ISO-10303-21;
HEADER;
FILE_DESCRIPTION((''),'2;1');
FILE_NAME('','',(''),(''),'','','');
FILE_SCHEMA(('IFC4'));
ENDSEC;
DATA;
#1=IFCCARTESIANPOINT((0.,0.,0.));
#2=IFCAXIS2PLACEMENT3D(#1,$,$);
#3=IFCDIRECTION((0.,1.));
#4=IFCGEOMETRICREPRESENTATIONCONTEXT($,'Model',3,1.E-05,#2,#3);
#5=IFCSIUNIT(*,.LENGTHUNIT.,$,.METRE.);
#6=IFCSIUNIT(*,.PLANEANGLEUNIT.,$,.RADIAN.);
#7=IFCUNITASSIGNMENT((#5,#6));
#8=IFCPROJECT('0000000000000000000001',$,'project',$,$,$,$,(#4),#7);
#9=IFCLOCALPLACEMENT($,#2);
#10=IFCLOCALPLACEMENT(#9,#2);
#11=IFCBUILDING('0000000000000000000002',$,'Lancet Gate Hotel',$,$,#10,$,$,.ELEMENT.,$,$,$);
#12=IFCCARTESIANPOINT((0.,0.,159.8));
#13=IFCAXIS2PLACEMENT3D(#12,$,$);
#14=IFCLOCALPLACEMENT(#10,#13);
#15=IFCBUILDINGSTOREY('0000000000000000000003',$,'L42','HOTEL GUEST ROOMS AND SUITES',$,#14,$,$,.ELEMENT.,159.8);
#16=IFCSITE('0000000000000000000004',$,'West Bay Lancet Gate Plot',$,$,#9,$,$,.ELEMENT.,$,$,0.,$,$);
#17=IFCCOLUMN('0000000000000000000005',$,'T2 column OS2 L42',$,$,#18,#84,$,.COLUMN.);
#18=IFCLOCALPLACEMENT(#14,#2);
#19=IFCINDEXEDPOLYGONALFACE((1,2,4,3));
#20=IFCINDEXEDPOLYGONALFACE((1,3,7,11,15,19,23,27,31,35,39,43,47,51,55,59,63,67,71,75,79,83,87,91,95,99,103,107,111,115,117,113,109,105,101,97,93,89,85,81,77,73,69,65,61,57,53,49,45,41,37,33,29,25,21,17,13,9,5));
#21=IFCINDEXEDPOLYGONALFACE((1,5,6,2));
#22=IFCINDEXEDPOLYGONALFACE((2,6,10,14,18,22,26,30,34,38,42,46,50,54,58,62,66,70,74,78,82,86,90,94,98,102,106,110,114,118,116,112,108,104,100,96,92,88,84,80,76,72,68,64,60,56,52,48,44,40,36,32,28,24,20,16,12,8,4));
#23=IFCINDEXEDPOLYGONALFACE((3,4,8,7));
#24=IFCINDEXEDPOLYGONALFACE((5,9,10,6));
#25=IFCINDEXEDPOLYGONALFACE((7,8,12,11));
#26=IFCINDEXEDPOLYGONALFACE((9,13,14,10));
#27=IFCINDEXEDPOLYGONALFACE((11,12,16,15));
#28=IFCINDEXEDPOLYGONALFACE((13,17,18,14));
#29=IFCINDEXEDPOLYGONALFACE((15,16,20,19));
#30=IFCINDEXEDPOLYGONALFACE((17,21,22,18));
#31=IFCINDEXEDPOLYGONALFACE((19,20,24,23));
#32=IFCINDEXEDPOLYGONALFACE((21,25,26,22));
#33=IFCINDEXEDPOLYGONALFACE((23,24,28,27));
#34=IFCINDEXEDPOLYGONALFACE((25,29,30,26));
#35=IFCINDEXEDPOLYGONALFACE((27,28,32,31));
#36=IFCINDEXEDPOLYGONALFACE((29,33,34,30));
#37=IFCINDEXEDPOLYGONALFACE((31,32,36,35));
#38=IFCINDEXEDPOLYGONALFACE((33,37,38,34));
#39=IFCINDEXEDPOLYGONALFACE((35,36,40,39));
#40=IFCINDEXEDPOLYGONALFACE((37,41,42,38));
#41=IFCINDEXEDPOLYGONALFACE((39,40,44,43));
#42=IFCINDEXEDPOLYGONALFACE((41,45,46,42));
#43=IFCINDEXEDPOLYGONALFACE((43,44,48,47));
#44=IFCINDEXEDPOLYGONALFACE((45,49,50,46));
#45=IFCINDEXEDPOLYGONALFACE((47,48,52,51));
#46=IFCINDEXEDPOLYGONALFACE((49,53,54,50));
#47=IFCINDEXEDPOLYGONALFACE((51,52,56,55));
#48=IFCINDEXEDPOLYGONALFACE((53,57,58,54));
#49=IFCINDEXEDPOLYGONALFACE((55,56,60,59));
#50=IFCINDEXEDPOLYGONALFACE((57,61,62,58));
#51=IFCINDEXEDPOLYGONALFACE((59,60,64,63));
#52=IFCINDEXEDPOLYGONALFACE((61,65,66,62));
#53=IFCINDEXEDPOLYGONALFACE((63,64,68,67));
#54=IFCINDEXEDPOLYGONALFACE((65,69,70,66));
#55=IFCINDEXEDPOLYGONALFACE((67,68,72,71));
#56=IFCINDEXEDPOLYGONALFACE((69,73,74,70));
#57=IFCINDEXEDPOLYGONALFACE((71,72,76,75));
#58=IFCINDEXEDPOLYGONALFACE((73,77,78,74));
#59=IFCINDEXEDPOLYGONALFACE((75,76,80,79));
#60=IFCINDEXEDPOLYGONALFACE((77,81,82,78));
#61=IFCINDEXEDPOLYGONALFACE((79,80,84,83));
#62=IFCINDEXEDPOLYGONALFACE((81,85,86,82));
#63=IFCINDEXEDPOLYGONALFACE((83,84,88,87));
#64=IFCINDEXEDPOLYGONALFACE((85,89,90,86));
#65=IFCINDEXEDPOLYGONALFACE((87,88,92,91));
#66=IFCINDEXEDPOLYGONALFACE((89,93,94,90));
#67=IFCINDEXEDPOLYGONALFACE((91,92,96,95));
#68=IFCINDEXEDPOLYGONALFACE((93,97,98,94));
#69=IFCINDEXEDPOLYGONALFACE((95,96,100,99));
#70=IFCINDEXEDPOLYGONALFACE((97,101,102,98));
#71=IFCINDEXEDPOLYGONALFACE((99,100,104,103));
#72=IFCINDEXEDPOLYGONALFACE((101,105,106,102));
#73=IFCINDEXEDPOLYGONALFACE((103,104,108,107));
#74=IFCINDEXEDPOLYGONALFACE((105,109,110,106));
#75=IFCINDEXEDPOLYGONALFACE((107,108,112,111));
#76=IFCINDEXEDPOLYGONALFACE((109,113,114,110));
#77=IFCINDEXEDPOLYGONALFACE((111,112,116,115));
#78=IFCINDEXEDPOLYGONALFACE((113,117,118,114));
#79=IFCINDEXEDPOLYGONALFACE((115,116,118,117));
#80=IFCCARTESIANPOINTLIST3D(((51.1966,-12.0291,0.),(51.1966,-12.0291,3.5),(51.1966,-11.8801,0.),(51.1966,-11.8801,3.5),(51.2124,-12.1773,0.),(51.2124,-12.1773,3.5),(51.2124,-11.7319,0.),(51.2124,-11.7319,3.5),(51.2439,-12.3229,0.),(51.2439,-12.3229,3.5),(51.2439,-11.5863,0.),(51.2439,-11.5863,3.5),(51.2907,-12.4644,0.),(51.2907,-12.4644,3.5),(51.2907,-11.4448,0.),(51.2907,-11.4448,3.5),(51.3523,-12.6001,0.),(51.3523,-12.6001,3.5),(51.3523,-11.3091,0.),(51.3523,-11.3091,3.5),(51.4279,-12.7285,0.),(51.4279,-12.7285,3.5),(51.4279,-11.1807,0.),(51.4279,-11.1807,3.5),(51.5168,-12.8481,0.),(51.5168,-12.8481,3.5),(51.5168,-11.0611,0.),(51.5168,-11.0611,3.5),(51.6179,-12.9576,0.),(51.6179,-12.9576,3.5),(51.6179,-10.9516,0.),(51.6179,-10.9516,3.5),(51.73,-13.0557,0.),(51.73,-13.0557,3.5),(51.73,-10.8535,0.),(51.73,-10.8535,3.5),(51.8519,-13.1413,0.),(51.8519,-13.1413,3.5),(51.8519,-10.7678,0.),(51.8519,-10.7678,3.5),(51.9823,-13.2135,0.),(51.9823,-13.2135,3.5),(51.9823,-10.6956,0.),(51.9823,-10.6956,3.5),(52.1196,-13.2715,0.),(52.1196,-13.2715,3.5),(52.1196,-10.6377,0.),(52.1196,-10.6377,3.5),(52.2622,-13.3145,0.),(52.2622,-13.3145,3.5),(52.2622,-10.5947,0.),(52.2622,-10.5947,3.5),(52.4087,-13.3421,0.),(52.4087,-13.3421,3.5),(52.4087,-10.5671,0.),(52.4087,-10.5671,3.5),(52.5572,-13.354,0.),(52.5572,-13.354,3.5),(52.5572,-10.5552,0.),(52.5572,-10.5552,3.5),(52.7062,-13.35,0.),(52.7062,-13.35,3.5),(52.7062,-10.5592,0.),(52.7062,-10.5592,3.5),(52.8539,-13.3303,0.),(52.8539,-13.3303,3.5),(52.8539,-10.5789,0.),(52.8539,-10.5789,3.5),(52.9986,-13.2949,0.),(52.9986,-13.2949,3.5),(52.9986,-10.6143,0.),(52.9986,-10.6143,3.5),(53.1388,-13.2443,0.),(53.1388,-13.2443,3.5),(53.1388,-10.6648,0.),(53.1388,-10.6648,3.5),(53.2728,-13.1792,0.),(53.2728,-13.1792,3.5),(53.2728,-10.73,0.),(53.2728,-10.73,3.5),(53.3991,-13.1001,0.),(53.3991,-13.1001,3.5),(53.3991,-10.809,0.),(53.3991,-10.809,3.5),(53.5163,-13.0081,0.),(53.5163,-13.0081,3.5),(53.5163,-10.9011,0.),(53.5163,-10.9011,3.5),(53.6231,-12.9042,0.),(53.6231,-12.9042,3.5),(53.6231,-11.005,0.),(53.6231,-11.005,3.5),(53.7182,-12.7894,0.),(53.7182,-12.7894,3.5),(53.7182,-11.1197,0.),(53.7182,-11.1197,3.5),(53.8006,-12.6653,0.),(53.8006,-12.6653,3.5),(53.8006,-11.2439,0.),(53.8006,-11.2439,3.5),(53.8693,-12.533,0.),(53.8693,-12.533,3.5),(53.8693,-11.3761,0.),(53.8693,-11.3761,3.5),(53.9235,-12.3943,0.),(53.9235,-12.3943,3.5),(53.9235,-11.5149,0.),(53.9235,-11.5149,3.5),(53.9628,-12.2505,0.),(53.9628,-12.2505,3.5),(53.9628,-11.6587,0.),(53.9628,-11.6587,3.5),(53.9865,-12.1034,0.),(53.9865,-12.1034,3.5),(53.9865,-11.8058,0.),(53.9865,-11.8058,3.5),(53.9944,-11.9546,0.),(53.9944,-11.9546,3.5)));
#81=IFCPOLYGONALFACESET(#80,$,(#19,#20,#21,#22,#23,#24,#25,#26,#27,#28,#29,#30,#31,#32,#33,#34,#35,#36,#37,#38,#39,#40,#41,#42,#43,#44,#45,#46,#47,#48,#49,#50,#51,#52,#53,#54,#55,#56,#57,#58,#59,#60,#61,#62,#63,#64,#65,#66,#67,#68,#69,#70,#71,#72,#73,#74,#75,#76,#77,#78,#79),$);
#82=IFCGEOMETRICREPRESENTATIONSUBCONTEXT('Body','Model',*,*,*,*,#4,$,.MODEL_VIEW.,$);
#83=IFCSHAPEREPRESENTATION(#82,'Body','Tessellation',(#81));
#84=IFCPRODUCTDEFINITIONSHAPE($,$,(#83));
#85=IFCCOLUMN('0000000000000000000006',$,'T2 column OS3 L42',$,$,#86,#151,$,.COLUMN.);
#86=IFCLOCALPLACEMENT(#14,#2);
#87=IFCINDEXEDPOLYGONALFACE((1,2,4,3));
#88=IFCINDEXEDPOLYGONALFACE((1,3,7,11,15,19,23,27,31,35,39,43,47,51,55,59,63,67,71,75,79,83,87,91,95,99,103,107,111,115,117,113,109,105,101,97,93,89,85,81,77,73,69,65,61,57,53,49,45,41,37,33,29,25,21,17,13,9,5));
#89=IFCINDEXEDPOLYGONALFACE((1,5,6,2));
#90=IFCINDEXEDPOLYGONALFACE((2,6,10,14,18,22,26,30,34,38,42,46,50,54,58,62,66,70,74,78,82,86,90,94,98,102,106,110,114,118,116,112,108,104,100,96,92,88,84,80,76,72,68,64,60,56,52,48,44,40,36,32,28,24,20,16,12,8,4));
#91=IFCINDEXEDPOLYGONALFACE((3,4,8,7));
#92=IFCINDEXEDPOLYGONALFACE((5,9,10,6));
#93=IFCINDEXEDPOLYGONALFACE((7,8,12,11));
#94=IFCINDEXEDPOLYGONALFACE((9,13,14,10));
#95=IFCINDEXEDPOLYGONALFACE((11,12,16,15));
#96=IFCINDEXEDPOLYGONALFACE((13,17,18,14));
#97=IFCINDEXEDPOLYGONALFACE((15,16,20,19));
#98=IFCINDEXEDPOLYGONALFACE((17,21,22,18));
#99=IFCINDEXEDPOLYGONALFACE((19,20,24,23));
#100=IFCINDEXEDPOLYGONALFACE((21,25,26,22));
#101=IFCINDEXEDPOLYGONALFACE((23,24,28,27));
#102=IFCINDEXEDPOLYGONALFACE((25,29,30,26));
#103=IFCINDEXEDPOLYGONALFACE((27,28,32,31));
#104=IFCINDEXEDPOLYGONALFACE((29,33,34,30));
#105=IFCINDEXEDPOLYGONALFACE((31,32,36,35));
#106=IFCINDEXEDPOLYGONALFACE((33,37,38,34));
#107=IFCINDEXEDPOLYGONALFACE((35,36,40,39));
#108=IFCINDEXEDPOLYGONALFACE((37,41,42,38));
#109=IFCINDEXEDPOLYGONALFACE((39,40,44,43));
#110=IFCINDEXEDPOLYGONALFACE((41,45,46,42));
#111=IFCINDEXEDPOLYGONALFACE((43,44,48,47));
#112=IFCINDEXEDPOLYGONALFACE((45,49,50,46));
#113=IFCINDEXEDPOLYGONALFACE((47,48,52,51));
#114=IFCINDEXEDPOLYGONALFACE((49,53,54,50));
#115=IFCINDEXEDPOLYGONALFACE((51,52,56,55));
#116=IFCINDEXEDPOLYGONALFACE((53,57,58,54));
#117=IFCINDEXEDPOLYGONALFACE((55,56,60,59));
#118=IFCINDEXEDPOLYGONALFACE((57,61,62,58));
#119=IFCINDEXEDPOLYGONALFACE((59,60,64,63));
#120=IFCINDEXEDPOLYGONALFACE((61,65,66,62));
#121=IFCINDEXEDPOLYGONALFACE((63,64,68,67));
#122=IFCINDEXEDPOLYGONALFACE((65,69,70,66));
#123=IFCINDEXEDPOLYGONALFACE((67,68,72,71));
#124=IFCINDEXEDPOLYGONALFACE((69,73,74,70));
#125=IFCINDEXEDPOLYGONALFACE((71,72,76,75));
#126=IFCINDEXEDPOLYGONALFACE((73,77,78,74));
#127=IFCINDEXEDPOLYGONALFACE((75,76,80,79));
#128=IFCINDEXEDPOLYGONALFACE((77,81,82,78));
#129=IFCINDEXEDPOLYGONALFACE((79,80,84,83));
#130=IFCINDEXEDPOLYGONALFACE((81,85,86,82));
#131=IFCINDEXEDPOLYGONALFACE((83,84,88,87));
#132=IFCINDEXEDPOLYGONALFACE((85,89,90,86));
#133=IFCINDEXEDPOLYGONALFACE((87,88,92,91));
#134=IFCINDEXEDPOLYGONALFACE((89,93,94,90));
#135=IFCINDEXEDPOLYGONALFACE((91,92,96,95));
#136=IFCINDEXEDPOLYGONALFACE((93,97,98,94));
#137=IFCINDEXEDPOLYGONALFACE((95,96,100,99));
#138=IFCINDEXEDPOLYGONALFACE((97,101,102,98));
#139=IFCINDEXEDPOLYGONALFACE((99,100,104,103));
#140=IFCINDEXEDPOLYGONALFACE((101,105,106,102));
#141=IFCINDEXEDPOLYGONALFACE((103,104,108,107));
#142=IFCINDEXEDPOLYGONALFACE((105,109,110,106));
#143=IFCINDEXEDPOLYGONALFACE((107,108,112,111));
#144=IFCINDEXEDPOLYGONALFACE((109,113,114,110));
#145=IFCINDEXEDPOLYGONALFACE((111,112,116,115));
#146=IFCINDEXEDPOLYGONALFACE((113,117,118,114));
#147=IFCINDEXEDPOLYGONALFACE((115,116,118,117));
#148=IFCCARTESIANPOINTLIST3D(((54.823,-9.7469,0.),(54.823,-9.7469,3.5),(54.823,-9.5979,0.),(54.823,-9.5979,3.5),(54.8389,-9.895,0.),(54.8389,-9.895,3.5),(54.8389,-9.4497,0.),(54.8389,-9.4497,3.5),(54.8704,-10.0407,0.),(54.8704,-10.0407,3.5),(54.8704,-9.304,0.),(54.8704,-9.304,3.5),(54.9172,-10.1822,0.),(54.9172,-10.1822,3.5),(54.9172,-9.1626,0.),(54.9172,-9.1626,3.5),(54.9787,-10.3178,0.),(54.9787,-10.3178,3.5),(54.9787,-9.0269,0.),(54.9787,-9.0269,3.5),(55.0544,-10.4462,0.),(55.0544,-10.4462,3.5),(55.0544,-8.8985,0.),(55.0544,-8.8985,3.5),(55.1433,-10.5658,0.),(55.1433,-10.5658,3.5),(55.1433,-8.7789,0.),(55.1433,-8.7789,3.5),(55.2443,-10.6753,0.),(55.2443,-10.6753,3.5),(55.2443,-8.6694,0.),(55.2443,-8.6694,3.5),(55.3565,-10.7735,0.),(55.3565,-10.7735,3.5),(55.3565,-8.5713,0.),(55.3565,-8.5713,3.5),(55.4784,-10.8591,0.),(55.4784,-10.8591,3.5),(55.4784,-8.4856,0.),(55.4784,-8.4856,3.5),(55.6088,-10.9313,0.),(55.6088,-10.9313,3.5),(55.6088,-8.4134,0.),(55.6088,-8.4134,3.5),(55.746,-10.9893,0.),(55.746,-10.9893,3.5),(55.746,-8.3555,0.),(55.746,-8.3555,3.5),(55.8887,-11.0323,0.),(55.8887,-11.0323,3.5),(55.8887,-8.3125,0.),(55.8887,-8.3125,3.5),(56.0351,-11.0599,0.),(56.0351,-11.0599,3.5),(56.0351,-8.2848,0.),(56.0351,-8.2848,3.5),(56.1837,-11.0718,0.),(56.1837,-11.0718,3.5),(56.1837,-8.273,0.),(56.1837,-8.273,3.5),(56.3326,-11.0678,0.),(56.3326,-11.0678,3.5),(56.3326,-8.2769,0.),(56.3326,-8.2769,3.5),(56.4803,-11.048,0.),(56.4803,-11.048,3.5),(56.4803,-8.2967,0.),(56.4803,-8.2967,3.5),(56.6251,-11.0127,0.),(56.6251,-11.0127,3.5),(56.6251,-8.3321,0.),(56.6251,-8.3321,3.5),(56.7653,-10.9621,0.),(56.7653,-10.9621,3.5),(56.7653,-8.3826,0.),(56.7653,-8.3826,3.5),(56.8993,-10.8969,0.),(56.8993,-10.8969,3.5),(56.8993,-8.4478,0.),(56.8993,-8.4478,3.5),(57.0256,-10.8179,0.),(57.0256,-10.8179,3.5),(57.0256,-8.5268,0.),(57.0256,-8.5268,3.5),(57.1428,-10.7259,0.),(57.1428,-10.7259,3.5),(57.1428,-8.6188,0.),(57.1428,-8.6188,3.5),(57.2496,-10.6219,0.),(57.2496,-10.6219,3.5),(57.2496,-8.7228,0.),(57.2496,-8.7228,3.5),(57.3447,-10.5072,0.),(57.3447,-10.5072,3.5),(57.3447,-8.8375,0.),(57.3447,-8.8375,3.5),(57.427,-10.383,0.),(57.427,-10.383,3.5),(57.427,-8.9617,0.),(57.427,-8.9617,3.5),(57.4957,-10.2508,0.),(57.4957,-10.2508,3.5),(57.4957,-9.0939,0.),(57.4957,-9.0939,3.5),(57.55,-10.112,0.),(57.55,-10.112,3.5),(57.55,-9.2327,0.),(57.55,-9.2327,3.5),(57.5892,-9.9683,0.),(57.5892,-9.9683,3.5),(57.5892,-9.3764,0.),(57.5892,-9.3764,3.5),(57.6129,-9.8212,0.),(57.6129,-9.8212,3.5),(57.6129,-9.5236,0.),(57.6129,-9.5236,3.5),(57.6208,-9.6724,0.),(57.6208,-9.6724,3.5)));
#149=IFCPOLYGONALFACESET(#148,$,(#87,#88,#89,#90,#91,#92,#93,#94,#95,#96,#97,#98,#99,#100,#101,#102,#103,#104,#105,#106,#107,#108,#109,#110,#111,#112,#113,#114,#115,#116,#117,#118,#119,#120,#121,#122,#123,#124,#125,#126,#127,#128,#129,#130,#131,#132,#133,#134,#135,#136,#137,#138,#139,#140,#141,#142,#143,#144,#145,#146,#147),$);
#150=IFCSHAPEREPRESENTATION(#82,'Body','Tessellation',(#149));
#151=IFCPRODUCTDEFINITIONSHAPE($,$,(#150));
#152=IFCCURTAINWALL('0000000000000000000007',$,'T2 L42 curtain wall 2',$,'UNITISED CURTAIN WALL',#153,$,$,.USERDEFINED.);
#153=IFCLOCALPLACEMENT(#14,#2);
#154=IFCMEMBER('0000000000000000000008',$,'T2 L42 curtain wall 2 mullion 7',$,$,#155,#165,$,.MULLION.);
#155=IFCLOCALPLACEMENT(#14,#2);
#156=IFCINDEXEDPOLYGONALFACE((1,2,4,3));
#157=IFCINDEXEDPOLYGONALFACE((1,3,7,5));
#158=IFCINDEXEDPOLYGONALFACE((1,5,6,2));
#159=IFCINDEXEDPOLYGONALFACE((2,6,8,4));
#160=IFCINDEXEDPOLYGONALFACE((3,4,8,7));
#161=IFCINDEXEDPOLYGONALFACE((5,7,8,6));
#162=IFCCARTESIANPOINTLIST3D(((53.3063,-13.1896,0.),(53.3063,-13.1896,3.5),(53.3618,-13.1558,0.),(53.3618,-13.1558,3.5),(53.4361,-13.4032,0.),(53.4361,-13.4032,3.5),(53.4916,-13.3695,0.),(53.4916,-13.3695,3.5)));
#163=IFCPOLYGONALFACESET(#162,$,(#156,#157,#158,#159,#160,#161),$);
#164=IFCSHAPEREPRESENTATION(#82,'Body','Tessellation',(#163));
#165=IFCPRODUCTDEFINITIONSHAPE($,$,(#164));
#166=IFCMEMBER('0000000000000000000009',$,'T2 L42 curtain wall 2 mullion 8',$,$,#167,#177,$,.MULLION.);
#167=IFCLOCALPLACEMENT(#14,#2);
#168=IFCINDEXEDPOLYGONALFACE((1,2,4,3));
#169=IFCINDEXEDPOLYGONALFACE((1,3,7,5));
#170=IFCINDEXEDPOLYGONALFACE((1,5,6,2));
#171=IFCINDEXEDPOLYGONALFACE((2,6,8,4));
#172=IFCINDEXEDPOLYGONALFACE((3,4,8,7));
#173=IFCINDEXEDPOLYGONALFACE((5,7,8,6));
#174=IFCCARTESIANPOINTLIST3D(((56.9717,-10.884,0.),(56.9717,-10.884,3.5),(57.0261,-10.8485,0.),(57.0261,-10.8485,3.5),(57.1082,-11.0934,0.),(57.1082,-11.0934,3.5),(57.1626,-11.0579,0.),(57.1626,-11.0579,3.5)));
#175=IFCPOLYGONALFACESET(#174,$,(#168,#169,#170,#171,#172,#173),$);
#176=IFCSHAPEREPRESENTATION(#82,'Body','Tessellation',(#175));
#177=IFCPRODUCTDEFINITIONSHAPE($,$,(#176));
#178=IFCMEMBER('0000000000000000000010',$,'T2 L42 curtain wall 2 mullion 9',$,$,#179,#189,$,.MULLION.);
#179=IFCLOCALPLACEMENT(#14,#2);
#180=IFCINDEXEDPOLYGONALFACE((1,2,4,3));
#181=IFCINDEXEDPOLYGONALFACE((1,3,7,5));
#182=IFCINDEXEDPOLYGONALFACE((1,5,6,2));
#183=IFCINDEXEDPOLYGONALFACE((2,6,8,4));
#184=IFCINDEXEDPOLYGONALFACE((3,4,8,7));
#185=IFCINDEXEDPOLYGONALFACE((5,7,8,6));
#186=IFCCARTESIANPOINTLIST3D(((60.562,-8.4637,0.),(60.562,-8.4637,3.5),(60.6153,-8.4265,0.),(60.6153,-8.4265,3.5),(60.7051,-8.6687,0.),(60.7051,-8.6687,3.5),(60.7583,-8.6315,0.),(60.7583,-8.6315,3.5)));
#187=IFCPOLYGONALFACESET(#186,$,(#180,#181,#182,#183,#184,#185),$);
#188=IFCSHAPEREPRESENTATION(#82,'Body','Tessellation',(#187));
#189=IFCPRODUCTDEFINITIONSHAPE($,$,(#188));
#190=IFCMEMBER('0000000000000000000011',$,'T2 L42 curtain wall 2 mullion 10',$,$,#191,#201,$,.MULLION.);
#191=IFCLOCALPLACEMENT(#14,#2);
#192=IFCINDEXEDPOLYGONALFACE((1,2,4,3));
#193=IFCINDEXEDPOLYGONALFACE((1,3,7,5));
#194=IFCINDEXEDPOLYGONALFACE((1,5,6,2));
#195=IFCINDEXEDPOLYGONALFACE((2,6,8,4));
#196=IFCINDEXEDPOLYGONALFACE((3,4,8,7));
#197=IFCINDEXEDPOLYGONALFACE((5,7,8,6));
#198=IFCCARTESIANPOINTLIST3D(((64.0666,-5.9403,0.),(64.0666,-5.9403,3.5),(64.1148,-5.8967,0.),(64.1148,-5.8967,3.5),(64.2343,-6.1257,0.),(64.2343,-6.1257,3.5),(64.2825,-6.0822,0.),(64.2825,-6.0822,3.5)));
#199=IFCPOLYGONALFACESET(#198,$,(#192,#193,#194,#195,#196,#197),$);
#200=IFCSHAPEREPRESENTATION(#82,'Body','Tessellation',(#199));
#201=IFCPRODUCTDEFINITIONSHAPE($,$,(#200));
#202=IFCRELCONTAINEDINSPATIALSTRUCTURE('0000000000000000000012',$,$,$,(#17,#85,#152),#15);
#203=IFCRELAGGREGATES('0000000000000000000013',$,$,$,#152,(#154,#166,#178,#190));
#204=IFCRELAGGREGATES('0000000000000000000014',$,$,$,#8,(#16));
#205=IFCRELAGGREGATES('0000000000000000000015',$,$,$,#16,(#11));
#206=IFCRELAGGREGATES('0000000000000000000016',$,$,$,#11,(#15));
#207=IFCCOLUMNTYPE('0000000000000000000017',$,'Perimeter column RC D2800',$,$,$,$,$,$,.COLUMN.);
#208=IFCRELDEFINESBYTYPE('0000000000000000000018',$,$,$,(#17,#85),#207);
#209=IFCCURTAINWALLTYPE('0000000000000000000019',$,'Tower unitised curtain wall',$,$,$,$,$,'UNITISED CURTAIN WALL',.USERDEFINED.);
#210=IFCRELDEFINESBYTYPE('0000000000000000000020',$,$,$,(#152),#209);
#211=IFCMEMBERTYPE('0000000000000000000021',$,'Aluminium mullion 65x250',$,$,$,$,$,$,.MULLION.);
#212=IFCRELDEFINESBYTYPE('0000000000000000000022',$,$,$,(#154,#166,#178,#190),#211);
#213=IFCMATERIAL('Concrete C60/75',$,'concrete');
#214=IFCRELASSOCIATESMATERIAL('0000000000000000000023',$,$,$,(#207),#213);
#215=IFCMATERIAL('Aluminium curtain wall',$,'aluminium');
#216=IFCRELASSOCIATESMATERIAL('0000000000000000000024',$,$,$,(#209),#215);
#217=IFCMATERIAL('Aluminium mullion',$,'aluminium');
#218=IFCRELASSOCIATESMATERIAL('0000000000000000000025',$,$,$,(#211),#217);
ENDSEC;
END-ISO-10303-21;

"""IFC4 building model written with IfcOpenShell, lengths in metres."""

from ifc_helpers import new_model, si_unit, direction, frame, origin, origin_2d, place, context, subcontext, project, spatial, rectangle, circle, extrude, material, material_profile, profile_set, type_object, element, aggregate, save


model = new_model("IFC4")

# Units and contexts
model_context = context("Model", 3, precision=1e-05, world=origin(), true_north=direction((0.0, 1.0)))
body_context = subcontext(model_context, "Body", "Model", "MODEL_VIEW")
ifc_project = project(units=[si_unit("LENGTHUNIT", "METRE"), si_unit("PLANEANGLEUNIT", "RADIAN")], contexts=[model_context])

# Site, building, storey
site_placement = place(None, origin())
site = spatial("IfcSite", under=ifc_project, at=site_placement, Name="West Bay Lancet Gate Plot", CompositionType="ELEMENT", RefElevation=0.0)
building_placement = place(site_placement, origin())
building = spatial("IfcBuilding", under=site, at=building_placement, Name="Lancet Gate Hotel", CompositionType="ELEMENT")
storey_placement = place(building_placement, frame((0.0, 0.0, 159.8)))
storey = spatial("IfcBuildingStorey", under=building, at=storey_placement, Name="L42", Description="HOTEL GUEST ROOMS AND SUITES", CompositionType="ELEMENT", Elevation=159.8)

# Columns
ifc_material_1 = material(Name="Concrete C60/75", Category="concrete")
ifc_material_profile_1 = material_profile(ifc_material_1, circle(Radius=1.3999, at=origin_2d()), Name="RC D2800")
ifc_profile_set_1 = profile_set([ifc_material_profile_1], Name="Concrete C60/75")
column_type = type_object("IfcColumnType", Name="Perimeter column RC D2800", PredefinedType="COLUMN", material=ifc_profile_set_1)
for number, where, z_axis, x_axis, name in (
    (1, (52.5945, -11.9546, 0.0), (0.0, 0.0, 1.0), (1.0, 0.0, 0.0), "T2 column OS2 L42"),
    (2, (56.2209, -9.6724, 0.0), (0.0, 0.0, 1.0), (1.0, 0.0, 0.0), "T2 column OS3 L42"),
):
    element("IfcColumn", number, at=place(storey_placement, frame(where, z_axis=z_axis, x_axis=x_axis)), inside=storey, type_object=column_type, Name=name, PredefinedType="COLUMN", context=body_context, shape_type="SweptSolid", body=[
        extrude(circle(Radius=1.3999, at=origin_2d()), origin(), (0.0, 0.0, 1.0), 3.5),
    ])

# Curtain wall, members
ifc_material_2 = material(Name="Aluminium curtain wall", Category="aluminium")
curtain_wall_type = type_object("IfcCurtainWallType", Name="Tower unitised curtain wall", ElementType="UNITISED CURTAIN WALL", PredefinedType="USERDEFINED", material=ifc_material_2)
curtain_wall_placement = place(storey_placement, origin())
curtain_wall = element("IfcCurtainWall", 3, at=curtain_wall_placement, inside=storey, type_object=curtain_wall_type, Name="T2 L42 curtain wall 2", ObjectType="UNITISED CURTAIN WALL", PredefinedType="USERDEFINED")
ifc_material_3 = material(Name="Aluminium mullion", Category="aluminium")
ifc_material_profile_2 = material_profile(ifc_material_3, rectangle(XDim=0.0649, YDim=0.25, at=origin_2d()), Name="MULLION 65x250")
ifc_profile_set_2 = profile_set([ifc_material_profile_2], Name="Aluminium mullion")
member_type_1 = type_object("IfcMemberType", Name="Aluminium mullion 65x250", PredefinedType="MULLION", material=ifc_profile_set_2)
member_1_placement = place(storey_placement, frame((53.3989, -13.2795, 0.0), z_axis=(0.0, 0.0, 1.0), x_axis=(0.854691, 0.519137, 0.0)))
member_1 = element("IfcMember", 4, at=member_1_placement, type_object=member_type_1, Name="T2 L42 curtain wall 2 mullion 7", PredefinedType="MULLION", context=body_context, shape_type="SweptSolid", body=[
    extrude(rectangle(XDim=0.0649, YDim=0.25, at=origin_2d()), origin(), (0.0, 0.0, 1.0), 3.5),
])
member_2_placement = place(storey_placement, frame((57.0671, -10.9709, 0.0), z_axis=(0.0, 0.0, 1.0), x_axis=(0.837801, 0.545976, 0.0)))
member_2 = element("IfcMember", 5, at=member_2_placement, type_object=member_type_1, Name="T2 L42 curtain wall 2 mullion 8", PredefinedType="MULLION", context=body_context, shape_type="SweptSolid", body=[
    extrude(rectangle(XDim=0.0649, YDim=0.25, at=origin_2d()), origin(), (0.0, 0.0, 1.0), 3.5),
])
member_3_placement = place(storey_placement, frame((60.6602, -8.5476, 0.0), z_axis=(0.0, 0.0, 1.0), x_axis=(0.820068, 0.572266, 0.0)))
member_3 = element("IfcMember", 6, at=member_3_placement, type_object=member_type_1, Name="T2 L42 curtain wall 2 mullion 9", PredefinedType="MULLION", context=body_context, shape_type="SweptSolid", body=[
    extrude(rectangle(XDim=0.0649, YDim=0.25, at=origin_2d()), origin(), (0.0, 0.0, 1.0), 3.5),
])
member_4_placement = place(storey_placement, frame((64.1746, -6.0112, 0.0), z_axis=(0.0, 0.0, 1.0), x_axis=(0.741693, 0.670739, 0.0)))
member_4 = element("IfcMember", 7, at=member_4_placement, type_object=member_type_1, Name="T2 L42 curtain wall 2 mullion 10", PredefinedType="MULLION", context=body_context, shape_type="SweptSolid", body=[
    extrude(rectangle(XDim=0.0649, YDim=0.25, at=origin_2d()), origin(), (0.0, 0.0, 1.0), 3.5),
])

aggregate(curtain_wall, [member_1, member_2, member_3, member_4])

save(model, "model.ifc")
